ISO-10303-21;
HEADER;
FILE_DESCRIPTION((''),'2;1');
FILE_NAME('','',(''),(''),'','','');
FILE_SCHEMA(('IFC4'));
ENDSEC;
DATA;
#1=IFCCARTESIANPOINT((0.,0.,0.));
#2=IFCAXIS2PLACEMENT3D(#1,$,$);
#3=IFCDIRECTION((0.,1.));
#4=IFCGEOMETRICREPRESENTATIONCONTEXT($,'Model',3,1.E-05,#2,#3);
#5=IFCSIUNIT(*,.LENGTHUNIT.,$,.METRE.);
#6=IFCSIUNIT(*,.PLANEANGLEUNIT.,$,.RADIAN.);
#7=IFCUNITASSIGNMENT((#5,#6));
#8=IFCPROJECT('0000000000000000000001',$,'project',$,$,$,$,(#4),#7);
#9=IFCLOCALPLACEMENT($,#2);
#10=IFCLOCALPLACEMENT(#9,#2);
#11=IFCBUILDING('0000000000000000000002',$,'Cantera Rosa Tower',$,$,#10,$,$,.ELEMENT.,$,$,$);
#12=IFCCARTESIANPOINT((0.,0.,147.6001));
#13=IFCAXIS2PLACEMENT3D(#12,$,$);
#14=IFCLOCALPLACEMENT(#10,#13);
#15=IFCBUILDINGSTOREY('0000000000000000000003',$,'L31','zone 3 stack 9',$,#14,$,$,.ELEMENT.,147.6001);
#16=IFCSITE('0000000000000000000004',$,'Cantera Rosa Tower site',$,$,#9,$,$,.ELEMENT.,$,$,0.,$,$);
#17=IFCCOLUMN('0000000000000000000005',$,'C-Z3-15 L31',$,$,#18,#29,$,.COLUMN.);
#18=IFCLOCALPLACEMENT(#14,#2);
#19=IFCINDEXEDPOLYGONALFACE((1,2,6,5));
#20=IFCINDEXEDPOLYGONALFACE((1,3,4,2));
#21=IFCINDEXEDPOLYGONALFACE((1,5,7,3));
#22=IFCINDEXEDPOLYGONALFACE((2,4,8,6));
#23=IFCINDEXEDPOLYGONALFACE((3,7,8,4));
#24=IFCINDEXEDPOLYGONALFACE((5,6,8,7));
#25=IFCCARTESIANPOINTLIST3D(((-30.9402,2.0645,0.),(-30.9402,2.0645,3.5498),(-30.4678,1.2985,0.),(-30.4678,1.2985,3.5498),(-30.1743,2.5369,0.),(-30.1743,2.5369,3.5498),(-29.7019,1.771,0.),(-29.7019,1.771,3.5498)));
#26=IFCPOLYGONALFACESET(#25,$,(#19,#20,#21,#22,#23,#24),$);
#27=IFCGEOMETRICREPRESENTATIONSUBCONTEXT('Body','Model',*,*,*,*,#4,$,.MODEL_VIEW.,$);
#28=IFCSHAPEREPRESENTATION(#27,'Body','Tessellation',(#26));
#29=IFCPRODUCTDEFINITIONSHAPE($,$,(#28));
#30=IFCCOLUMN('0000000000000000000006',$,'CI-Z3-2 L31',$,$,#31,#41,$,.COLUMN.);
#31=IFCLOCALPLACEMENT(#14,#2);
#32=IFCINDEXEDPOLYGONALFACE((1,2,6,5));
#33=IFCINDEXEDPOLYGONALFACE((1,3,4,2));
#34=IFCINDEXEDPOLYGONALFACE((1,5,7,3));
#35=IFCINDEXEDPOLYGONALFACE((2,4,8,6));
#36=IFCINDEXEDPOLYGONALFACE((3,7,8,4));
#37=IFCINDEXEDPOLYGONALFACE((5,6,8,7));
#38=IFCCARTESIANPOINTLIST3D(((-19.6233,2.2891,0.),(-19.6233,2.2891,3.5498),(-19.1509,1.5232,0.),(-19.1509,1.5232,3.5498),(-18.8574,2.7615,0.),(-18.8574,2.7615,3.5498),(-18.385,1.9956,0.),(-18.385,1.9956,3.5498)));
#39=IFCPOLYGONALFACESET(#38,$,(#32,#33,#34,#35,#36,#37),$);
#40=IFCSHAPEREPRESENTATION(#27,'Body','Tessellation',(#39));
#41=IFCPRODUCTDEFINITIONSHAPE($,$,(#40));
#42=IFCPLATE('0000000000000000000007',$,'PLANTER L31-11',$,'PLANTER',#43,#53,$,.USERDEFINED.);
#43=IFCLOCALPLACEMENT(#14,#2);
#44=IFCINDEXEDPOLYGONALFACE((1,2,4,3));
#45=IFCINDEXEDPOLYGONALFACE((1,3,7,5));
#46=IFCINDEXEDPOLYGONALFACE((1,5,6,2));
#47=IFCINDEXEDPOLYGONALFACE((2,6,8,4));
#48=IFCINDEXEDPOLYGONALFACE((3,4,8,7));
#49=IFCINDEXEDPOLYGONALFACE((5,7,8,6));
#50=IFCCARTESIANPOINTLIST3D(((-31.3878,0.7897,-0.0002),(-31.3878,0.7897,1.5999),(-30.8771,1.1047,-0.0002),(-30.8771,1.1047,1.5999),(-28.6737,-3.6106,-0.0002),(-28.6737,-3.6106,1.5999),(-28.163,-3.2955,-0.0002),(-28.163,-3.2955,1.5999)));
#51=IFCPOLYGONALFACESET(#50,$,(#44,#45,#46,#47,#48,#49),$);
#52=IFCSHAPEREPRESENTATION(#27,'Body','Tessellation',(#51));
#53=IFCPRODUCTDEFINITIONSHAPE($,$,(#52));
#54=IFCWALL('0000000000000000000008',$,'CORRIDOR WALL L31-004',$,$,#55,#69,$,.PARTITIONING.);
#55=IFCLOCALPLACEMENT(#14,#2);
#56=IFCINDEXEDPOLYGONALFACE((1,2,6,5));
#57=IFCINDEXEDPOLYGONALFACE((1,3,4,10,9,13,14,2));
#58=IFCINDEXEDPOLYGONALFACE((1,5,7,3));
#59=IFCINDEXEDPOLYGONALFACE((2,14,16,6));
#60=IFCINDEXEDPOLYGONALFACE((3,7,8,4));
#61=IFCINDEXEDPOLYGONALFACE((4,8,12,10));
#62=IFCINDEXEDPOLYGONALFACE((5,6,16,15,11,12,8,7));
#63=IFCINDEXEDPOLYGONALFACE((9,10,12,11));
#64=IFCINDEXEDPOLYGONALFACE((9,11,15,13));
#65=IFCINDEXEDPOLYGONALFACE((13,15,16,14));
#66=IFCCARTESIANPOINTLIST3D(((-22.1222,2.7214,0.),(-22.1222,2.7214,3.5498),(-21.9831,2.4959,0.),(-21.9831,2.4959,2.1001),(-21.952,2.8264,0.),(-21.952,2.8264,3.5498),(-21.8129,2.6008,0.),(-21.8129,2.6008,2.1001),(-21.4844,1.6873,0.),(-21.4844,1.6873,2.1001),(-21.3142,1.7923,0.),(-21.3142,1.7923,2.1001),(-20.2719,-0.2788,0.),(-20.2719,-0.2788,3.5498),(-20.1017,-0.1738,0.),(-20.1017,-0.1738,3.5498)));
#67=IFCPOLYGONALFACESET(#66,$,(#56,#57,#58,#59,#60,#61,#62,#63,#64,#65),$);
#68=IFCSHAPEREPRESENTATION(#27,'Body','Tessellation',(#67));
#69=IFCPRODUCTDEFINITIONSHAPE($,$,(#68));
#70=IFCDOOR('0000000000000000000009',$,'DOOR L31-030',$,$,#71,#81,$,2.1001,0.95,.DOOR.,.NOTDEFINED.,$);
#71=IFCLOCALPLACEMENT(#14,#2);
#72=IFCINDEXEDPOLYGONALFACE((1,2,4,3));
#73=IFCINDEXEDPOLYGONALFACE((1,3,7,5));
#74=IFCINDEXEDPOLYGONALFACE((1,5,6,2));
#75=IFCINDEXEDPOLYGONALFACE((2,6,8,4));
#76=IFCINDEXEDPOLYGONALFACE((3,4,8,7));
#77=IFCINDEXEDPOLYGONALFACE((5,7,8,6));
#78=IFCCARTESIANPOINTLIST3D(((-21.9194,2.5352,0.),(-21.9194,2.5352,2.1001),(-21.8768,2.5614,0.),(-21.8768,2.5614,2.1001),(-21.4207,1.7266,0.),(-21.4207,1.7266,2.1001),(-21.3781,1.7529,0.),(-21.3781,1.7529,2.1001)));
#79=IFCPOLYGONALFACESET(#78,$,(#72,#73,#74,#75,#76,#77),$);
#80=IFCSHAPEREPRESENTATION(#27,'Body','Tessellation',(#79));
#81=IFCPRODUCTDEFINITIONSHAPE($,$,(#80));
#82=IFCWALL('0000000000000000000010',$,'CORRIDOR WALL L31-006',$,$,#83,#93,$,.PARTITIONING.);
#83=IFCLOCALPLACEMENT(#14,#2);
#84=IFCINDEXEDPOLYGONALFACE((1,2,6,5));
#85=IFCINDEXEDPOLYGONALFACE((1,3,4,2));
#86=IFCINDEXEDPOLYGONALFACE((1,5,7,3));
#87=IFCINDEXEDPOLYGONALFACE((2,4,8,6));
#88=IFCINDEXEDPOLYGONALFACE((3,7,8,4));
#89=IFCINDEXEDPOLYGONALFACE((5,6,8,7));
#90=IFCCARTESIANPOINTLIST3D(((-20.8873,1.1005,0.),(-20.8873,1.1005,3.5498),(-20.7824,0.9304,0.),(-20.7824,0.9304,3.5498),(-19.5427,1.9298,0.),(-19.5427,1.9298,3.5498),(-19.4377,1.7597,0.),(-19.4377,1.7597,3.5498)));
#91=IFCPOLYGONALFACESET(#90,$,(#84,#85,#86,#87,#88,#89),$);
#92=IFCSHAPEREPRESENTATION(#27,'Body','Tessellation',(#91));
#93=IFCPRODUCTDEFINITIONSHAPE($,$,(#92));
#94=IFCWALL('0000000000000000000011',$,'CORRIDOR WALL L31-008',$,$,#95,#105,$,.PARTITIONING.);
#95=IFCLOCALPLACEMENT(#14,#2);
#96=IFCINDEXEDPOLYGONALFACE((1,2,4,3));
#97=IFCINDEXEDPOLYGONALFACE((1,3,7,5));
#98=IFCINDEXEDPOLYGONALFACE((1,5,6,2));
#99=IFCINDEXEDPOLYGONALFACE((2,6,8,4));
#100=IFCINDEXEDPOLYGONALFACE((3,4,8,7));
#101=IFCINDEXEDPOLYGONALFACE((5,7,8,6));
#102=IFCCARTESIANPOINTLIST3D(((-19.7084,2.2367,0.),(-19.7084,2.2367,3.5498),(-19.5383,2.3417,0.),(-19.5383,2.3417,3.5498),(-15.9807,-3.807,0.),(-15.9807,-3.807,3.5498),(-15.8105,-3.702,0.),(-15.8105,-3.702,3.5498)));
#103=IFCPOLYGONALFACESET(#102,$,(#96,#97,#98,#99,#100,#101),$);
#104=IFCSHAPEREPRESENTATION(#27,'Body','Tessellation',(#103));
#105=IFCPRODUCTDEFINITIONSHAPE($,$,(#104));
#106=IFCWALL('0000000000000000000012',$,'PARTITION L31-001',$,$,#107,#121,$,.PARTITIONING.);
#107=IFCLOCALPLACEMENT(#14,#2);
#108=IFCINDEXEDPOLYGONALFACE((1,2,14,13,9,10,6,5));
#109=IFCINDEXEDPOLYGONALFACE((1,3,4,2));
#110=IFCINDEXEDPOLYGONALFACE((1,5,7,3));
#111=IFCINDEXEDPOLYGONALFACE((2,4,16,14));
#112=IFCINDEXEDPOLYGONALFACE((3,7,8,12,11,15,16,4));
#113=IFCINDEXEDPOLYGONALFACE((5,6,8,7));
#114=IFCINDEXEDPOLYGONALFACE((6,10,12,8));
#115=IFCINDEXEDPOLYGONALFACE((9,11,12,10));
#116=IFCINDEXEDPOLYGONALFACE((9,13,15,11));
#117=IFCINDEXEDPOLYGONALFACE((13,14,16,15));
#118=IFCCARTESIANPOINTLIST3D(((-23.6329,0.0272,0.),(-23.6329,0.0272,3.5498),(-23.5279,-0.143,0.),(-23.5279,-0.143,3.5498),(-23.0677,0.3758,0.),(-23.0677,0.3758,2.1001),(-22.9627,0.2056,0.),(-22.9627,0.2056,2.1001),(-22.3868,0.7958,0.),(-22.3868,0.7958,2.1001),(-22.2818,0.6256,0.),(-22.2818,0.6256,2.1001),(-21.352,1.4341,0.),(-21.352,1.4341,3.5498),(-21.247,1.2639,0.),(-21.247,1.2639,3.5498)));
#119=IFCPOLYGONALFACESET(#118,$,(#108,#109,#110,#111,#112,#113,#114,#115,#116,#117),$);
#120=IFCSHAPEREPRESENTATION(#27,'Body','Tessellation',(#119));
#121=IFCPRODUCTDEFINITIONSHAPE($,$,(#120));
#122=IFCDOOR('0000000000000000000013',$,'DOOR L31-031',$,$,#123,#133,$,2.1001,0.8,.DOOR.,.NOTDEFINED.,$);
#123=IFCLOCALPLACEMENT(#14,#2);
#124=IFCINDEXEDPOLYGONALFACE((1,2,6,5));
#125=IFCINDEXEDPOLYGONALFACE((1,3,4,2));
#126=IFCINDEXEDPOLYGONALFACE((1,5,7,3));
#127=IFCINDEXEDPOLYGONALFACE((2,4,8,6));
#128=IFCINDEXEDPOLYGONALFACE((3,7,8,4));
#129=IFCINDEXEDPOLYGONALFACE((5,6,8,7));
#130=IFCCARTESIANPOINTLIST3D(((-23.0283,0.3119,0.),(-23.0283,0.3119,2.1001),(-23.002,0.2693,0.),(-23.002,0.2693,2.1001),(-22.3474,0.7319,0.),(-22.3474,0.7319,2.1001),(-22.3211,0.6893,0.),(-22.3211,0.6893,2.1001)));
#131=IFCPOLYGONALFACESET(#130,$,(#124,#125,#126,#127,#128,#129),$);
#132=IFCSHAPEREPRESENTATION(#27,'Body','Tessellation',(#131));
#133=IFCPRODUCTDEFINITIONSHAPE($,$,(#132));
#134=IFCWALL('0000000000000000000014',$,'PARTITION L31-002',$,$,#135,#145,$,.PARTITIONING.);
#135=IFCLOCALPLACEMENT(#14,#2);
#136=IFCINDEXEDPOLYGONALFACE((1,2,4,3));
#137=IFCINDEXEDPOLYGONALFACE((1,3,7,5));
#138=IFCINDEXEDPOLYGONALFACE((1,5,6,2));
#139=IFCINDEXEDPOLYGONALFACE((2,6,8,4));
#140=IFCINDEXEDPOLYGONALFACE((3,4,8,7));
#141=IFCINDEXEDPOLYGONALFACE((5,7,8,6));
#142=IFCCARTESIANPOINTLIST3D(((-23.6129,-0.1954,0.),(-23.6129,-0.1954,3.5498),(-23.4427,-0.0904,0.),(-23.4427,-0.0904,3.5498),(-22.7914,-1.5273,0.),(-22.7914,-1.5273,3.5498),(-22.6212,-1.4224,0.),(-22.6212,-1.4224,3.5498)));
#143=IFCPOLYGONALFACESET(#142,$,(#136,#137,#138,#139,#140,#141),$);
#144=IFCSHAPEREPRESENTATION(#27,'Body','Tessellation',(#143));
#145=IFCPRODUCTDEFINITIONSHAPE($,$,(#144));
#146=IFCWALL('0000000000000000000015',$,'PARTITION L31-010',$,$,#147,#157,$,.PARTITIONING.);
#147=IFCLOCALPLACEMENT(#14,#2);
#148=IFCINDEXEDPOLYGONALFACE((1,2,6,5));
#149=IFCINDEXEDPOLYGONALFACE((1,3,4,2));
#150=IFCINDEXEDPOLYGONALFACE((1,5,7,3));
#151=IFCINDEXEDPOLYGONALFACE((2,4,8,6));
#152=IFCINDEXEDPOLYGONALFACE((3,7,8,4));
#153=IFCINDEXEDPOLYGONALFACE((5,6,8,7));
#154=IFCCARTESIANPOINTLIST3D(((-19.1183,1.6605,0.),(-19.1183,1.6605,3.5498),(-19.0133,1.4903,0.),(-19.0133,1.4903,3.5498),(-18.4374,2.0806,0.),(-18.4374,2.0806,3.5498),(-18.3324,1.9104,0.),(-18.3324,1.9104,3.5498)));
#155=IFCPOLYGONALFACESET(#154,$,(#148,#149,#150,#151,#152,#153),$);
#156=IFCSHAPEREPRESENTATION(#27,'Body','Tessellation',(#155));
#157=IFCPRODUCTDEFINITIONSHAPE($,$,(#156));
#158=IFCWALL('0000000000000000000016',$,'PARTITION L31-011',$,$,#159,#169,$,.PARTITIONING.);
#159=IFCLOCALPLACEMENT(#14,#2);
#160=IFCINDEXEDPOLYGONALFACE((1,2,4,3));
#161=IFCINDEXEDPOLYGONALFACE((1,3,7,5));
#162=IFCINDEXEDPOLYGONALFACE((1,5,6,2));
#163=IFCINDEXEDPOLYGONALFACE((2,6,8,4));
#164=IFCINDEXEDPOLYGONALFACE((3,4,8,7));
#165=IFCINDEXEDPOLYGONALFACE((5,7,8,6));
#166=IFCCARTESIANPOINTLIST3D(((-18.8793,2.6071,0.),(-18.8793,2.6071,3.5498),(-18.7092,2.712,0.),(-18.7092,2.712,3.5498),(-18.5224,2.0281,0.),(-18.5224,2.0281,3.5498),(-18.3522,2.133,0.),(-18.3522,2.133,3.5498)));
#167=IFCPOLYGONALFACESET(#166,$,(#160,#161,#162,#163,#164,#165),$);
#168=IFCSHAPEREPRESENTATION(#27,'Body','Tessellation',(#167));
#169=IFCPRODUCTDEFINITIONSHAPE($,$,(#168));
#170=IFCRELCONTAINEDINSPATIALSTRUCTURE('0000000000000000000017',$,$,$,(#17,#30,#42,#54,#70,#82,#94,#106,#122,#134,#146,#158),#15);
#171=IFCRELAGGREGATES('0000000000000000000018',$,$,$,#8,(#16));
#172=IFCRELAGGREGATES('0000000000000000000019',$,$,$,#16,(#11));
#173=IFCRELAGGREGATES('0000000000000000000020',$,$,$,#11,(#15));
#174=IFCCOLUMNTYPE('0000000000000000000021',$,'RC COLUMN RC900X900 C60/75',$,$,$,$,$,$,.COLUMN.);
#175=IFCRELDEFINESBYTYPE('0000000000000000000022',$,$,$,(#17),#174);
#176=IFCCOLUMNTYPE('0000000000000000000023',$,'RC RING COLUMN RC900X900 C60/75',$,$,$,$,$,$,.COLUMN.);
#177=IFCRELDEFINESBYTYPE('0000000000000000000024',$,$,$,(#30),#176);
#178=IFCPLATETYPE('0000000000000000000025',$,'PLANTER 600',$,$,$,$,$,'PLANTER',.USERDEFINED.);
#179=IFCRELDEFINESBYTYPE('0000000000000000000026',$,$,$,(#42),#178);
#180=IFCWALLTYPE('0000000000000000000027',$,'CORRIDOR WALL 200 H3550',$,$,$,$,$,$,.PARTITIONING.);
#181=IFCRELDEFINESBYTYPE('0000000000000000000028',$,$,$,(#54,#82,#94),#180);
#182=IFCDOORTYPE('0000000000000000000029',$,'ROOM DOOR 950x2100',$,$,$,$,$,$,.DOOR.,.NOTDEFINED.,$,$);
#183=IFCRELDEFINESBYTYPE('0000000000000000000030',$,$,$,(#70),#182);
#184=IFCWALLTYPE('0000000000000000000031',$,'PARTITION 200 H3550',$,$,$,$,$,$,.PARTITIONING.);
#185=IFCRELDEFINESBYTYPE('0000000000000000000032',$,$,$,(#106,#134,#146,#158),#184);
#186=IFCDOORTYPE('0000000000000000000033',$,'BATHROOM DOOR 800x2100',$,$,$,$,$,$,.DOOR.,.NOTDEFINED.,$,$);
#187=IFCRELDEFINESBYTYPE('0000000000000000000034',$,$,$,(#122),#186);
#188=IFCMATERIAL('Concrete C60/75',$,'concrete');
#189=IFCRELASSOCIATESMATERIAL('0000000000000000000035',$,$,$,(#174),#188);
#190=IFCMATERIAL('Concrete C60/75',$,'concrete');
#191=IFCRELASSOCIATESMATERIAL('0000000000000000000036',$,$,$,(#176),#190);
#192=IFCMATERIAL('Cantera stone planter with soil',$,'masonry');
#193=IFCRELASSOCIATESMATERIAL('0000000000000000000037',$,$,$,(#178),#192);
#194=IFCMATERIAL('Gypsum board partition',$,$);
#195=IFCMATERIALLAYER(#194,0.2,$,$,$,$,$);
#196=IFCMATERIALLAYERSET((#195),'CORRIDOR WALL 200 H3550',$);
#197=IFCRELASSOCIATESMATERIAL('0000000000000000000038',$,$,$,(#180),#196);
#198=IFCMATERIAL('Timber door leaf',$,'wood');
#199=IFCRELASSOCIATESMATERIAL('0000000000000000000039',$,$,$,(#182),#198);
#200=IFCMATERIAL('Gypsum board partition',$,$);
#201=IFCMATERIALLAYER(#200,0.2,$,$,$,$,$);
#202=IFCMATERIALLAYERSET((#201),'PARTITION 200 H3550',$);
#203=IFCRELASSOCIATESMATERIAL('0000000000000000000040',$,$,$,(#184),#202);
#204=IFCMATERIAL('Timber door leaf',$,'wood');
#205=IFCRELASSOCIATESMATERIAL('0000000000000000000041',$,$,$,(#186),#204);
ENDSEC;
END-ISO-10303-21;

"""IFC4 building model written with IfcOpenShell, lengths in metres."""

from ifc_helpers import new_model, si_unit, direction, frame, frame_2d, origin, origin_2d, place, context, subcontext, project, spatial, rectangle, extrude, material, layer, layer_set, material_profile, profile_set, type_object, element, fill, save


model = new_model("IFC4")

# Units and contexts
model_context = context("Model", 3, precision=1e-05, world=origin(), true_north=direction((0.0, 1.0)))
body_context = subcontext(model_context, "Body", "Model", "MODEL_VIEW")
ifc_project = project(units=[si_unit("LENGTHUNIT", "METRE"), si_unit("PLANEANGLEUNIT", "RADIAN")], contexts=[model_context])

# Site, building, storey
site_placement = place(None, origin())
site = spatial("IfcSite", under=ifc_project, at=site_placement, Name="Cantera Rosa Tower site", CompositionType="ELEMENT", RefElevation=0.0)
building_placement = place(site_placement, origin())
building = spatial("IfcBuilding", under=site, at=building_placement, Name="Cantera Rosa Tower", CompositionType="ELEMENT")
storey_placement = place(building_placement, frame((0.0, 0.0, 147.6001)))
storey = spatial("IfcBuildingStorey", under=building, at=storey_placement, Name="L31", Description="zone 3 stack 9", CompositionType="ELEMENT", Elevation=147.6001)

# Columns
ifc_material_1 = material(Name="Concrete C60/75", Category="concrete")
ifc_material_profile_1 = material_profile(ifc_material_1, rectangle(XDim=0.8999, YDim=0.8999, at=origin_2d()), Name="RC COLUMN RC900X900 C60/75")
ifc_profile_set_1 = profile_set([ifc_material_profile_1], Name="Concrete C60/75")
column_type_1 = type_object("IfcColumnType", Name="RC COLUMN RC900X900 C60/75", PredefinedType="COLUMN", material=ifc_profile_set_1)
column_1_placement = place(storey_placement, frame((-30.321, 1.9177, 0.0), z_axis=(0.0, 0.0, 1.0), x_axis=(0.851117, 0.524977, 0.0)))
element("IfcColumn", 1, at=column_1_placement, inside=storey, type_object=column_type_1, Name="C-Z3-15 L31", PredefinedType="COLUMN", context=body_context, shape_type="SweptSolid", body=[
    extrude(rectangle(XDim=0.8999, YDim=0.8999, at=origin_2d()), origin(), (0.0, 0.0, 1.0), 3.5498),
])
ifc_material_2 = material(Name="Concrete C60/75", Category="concrete")
ifc_material_profile_2 = material_profile(ifc_material_2, rectangle(XDim=0.8999, YDim=0.8999, at=origin_2d()), Name="RC RING COLUMN RC900X900 C60/75")
ifc_profile_set_2 = profile_set([ifc_material_profile_2], Name="Concrete C60/75")
column_type_2 = type_object("IfcColumnType", Name="RC RING COLUMN RC900X900 C60/75", PredefinedType="COLUMN", material=ifc_profile_set_2)
column_2_placement = place(storey_placement, frame((-19.0042, 2.1423, 0.0), z_axis=(0.0, 0.0, 1.0), x_axis=(0.851117, 0.524977, 0.0)))
element("IfcColumn", 2, at=column_2_placement, inside=storey, type_object=column_type_2, Name="CI-Z3-2 L31", PredefinedType="COLUMN", context=body_context, shape_type="SweptSolid", body=[
    extrude(rectangle(XDim=0.8999, YDim=0.8999, at=origin_2d()), origin(), (0.0, 0.0, 1.0), 3.5498),
])

# Plate
ifc_material_3 = material(Name="Cantera stone planter with soil", Category="masonry")
plate_type = type_object("IfcPlateType", Name="PLANTER 600", ElementType="PLANTER", PredefinedType="USERDEFINED", material=ifc_material_3)
plate_placement = place(storey_placement, frame((-29.7754, -1.2529, -0.0002), z_axis=(0.0, 0.0, 1.0), x_axis=(0.524977, -0.851117, 0.0)))
element("IfcPlate", 3, at=plate_placement, inside=storey, type_object=plate_type, Name="PLANTER L31-11", ObjectType="PLANTER", PredefinedType="USERDEFINED", context=body_context, shape_type="SweptSolid", body=[
    extrude(rectangle(XDim=5.1699, YDim=0.6001, at=origin_2d()), origin(), (0.0, 0.0, 1.0), 1.6001),
])

# Wall, opening, door
ifc_material_4 = material(Name="Gypsum board partition")
ifc_layer_1 = layer(ifc_material_4, 0.2)
ifc_layer_set_1 = layer_set([ifc_layer_1], Name="CORRIDOR WALL 200 H3550")
wall_type_1 = type_object("IfcWallType", Name="CORRIDOR WALL 200 H3550", PredefinedType="PARTITIONING", material=ifc_layer_set_1)
wall_1_placement = place(storey_placement, frame((-22.0371, 2.7739, 0.0), z_axis=(0.0, 0.0, 1.0), x_axis=(0.524928, -0.851147, 0.0)))
wall_1 = element("IfcWall", 4, at=wall_1_placement, inside=storey, type_object=wall_type_1, Name="CORRIDOR WALL L31-004", PredefinedType="PARTITIONING", context=body_context, shape_type="SweptSolid", body=[
    extrude(rectangle(XDim=3.5249, YDim=0.2, at=frame_2d((1.7625, 0.0))), origin(), (0.0, 0.0, 1.0), 3.5498),
])
opening_1_placement = place(wall_1_placement, frame((0.2649, 0.0, 0.0)))
opening_1 = element("IfcOpeningElement", 5, at=opening_1_placement, cuts=wall_1, PredefinedType="OPENING", context=body_context, shape_type="SweptSolid", body=[
    extrude(rectangle(XDim=0.95, YDim=2.1001, at=frame_2d((0.4751, 1.05))), frame((0.0, 0.1099, 0.0), z_axis=(0.0, -1.0, 0.0), x_axis=(1.0, 0.0, 0.0)), (0.0, 0.0, 1.0), 0.22),
])
ifc_material_5 = material(Name="Timber door leaf", Category="wood")
door_type_1 = type_object("IfcDoorType", Name="ROOM DOOR 950x2100", OperationType="NOTDEFINED", PredefinedType="DOOR", material=ifc_material_5)
door_1_placement = place(opening_1_placement, origin())
door_1 = element("IfcDoor", 6, at=door_1_placement, inside=storey, type_object=door_type_1, Name="DOOR L31-030", OperationType="NOTDEFINED", OverallHeight=2.1001, OverallWidth=0.95, PredefinedType="DOOR", context=body_context, shape_type="SweptSolid", body=[
    extrude(rectangle(XDim=0.95, YDim=2.1001, at=frame_2d((0.4751, 1.05))), frame((0.0, 0.0249, 0.0), z_axis=(0.0, -1.0, 0.0), x_axis=(1.0, 0.0, 0.0)), (0.0, 0.0, 1.0), 0.05),
])
fill(opening_1, door_1)

# Walls
wall_2_placement = place(storey_placement, frame((-20.835, 1.0154, 0.0), z_axis=(0.0, 0.0, 1.0), x_axis=(0.851143, 0.524933, 0.0)))
element("IfcWall", 7, at=wall_2_placement, inside=storey, type_object=wall_type_1, Name="CORRIDOR WALL L31-006", PredefinedType="PARTITIONING", context=body_context, shape_type="SweptSolid", body=[
    extrude(rectangle(XDim=1.5798, YDim=0.2, at=frame_2d((0.79, 0.0))), origin(), (0.0, 0.0, 1.0), 3.5498),
])
wall_3_placement = place(storey_placement, frame((-19.6233, 2.2891, 0.0), z_axis=(0.0, 0.0, 1.0), x_axis=(0.524974, -0.851118, 0.0)))
element("IfcWall", 8, at=wall_3_placement, inside=storey, type_object=wall_type_1, Name="CORRIDOR WALL L31-008", PredefinedType="PARTITIONING", context=body_context, shape_type="SweptSolid", body=[
    extrude(rectangle(XDim=7.1008, YDim=0.2, at=frame_2d((3.5503, 0.0))), origin(), (0.0, 0.0, 1.0), 3.5498),
])

# Wall, opening, door
ifc_material_6 = material(Name="Gypsum board partition")
ifc_layer_2 = layer(ifc_material_6, 0.2)
ifc_layer_set_2 = layer_set([ifc_layer_2], Name="PARTITION 200 H3550")
wall_type_2 = type_object("IfcWallType", Name="PARTITION 200 H3550", PredefinedType="PARTITIONING", material=ifc_layer_set_2)
wall_4_placement = place(storey_placement, frame((-23.5803, -0.0579, 0.0), z_axis=(0.0, 0.0, 1.0), x_axis=(0.85111, 0.524987, 0.0)))
wall_4 = element("IfcWall", 9, at=wall_4_placement, inside=storey, type_object=wall_type_2, Name="PARTITION L31-001", PredefinedType="PARTITIONING", context=body_context, shape_type="SweptSolid", body=[
    extrude(rectangle(XDim=2.6799, YDim=0.2, at=frame_2d((1.3398, 0.0))), origin(), (0.0, 0.0, 1.0), 3.5498),
])
opening_2_placement = place(wall_4_placement, frame((0.6641, 0.0, 0.0)))
opening_2 = element("IfcOpeningElement", 10, at=opening_2_placement, cuts=wall_4, PredefinedType="OPENING", context=body_context, shape_type="SweptSolid", body=[
    extrude(rectangle(XDim=0.8, YDim=2.1001, at=frame_2d((0.3999, 1.05))), frame((0.0, 0.1099, 0.0), z_axis=(0.0, -1.0, 0.0), x_axis=(1.0, 0.0, 0.0)), (0.0, 0.0, 1.0), 0.22),
])
ifc_material_7 = material(Name="Timber door leaf", Category="wood")
door_type_2 = type_object("IfcDoorType", Name="BATHROOM DOOR 800x2100", OperationType="NOTDEFINED", PredefinedType="DOOR", material=ifc_material_7)
door_2_placement = place(opening_2_placement, origin())
door_2 = element("IfcDoor", 11, at=door_2_placement, inside=storey, type_object=door_type_2, Name="DOOR L31-031", OperationType="NOTDEFINED", OverallHeight=2.1001, OverallWidth=0.8, PredefinedType="DOOR", context=body_context, shape_type="SweptSolid", body=[
    extrude(rectangle(XDim=0.8, YDim=2.1001, at=frame_2d((0.3999, 1.05))), frame((0.0, 0.0249, 0.0), z_axis=(0.0, -1.0, 0.0), x_axis=(1.0, 0.0, 0.0)), (0.0, 0.0, 1.0), 0.05),
])
fill(opening_2, door_2)

# Walls
wall_5_placement = place(storey_placement, frame((-22.7063, -1.4749, 0.0), z_axis=(0.0, 0.0, 1.0), x_axis=(-0.524941, 0.851138, 0.0)))
element("IfcWall", 12, at=wall_5_placement, inside=storey, type_object=wall_type_2, Name="PARTITION L31-002", PredefinedType="PARTITIONING", context=body_context, shape_type="SweptSolid", body=[
    extrude(rectangle(XDim=1.5649, YDim=0.2, at=frame_2d((0.7825, 0.0))), origin(), (0.0, 0.0, 1.0), 3.5498),
])
wall_6_placement = place(storey_placement, frame((-19.0657, 1.5754, 0.0), z_axis=(0.0, 0.0, 1.0), x_axis=(0.851019, 0.525136, 0.0)))
element("IfcWall", 13, at=wall_6_placement, inside=storey, type_object=wall_type_2, Name="PARTITION L31-010", PredefinedType="PARTITIONING", context=body_context, shape_type="SweptSolid", body=[
    extrude(rectangle(XDim=0.8, YDim=0.2, at=frame_2d((0.3999, 0.0))), origin(), (0.0, 0.0, 1.0), 3.5498),
])
wall_7_placement = place(storey_placement, frame((-18.4373, 2.0806, 0.0), z_axis=(0.0, 0.0, 1.0), x_axis=(-0.524858, 0.85119, 0.0)))
element("IfcWall", 14, at=wall_7_placement, inside=storey, type_object=wall_type_2, Name="PARTITION L31-011", PredefinedType="PARTITIONING", context=body_context, shape_type="SweptSolid", body=[
    extrude(rectangle(XDim=0.6802, YDim=0.2, at=frame_2d((0.3401, 0.0))), origin(), (0.0, 0.0, 1.0), 3.5498),
])

save(model, "model.ifc")
